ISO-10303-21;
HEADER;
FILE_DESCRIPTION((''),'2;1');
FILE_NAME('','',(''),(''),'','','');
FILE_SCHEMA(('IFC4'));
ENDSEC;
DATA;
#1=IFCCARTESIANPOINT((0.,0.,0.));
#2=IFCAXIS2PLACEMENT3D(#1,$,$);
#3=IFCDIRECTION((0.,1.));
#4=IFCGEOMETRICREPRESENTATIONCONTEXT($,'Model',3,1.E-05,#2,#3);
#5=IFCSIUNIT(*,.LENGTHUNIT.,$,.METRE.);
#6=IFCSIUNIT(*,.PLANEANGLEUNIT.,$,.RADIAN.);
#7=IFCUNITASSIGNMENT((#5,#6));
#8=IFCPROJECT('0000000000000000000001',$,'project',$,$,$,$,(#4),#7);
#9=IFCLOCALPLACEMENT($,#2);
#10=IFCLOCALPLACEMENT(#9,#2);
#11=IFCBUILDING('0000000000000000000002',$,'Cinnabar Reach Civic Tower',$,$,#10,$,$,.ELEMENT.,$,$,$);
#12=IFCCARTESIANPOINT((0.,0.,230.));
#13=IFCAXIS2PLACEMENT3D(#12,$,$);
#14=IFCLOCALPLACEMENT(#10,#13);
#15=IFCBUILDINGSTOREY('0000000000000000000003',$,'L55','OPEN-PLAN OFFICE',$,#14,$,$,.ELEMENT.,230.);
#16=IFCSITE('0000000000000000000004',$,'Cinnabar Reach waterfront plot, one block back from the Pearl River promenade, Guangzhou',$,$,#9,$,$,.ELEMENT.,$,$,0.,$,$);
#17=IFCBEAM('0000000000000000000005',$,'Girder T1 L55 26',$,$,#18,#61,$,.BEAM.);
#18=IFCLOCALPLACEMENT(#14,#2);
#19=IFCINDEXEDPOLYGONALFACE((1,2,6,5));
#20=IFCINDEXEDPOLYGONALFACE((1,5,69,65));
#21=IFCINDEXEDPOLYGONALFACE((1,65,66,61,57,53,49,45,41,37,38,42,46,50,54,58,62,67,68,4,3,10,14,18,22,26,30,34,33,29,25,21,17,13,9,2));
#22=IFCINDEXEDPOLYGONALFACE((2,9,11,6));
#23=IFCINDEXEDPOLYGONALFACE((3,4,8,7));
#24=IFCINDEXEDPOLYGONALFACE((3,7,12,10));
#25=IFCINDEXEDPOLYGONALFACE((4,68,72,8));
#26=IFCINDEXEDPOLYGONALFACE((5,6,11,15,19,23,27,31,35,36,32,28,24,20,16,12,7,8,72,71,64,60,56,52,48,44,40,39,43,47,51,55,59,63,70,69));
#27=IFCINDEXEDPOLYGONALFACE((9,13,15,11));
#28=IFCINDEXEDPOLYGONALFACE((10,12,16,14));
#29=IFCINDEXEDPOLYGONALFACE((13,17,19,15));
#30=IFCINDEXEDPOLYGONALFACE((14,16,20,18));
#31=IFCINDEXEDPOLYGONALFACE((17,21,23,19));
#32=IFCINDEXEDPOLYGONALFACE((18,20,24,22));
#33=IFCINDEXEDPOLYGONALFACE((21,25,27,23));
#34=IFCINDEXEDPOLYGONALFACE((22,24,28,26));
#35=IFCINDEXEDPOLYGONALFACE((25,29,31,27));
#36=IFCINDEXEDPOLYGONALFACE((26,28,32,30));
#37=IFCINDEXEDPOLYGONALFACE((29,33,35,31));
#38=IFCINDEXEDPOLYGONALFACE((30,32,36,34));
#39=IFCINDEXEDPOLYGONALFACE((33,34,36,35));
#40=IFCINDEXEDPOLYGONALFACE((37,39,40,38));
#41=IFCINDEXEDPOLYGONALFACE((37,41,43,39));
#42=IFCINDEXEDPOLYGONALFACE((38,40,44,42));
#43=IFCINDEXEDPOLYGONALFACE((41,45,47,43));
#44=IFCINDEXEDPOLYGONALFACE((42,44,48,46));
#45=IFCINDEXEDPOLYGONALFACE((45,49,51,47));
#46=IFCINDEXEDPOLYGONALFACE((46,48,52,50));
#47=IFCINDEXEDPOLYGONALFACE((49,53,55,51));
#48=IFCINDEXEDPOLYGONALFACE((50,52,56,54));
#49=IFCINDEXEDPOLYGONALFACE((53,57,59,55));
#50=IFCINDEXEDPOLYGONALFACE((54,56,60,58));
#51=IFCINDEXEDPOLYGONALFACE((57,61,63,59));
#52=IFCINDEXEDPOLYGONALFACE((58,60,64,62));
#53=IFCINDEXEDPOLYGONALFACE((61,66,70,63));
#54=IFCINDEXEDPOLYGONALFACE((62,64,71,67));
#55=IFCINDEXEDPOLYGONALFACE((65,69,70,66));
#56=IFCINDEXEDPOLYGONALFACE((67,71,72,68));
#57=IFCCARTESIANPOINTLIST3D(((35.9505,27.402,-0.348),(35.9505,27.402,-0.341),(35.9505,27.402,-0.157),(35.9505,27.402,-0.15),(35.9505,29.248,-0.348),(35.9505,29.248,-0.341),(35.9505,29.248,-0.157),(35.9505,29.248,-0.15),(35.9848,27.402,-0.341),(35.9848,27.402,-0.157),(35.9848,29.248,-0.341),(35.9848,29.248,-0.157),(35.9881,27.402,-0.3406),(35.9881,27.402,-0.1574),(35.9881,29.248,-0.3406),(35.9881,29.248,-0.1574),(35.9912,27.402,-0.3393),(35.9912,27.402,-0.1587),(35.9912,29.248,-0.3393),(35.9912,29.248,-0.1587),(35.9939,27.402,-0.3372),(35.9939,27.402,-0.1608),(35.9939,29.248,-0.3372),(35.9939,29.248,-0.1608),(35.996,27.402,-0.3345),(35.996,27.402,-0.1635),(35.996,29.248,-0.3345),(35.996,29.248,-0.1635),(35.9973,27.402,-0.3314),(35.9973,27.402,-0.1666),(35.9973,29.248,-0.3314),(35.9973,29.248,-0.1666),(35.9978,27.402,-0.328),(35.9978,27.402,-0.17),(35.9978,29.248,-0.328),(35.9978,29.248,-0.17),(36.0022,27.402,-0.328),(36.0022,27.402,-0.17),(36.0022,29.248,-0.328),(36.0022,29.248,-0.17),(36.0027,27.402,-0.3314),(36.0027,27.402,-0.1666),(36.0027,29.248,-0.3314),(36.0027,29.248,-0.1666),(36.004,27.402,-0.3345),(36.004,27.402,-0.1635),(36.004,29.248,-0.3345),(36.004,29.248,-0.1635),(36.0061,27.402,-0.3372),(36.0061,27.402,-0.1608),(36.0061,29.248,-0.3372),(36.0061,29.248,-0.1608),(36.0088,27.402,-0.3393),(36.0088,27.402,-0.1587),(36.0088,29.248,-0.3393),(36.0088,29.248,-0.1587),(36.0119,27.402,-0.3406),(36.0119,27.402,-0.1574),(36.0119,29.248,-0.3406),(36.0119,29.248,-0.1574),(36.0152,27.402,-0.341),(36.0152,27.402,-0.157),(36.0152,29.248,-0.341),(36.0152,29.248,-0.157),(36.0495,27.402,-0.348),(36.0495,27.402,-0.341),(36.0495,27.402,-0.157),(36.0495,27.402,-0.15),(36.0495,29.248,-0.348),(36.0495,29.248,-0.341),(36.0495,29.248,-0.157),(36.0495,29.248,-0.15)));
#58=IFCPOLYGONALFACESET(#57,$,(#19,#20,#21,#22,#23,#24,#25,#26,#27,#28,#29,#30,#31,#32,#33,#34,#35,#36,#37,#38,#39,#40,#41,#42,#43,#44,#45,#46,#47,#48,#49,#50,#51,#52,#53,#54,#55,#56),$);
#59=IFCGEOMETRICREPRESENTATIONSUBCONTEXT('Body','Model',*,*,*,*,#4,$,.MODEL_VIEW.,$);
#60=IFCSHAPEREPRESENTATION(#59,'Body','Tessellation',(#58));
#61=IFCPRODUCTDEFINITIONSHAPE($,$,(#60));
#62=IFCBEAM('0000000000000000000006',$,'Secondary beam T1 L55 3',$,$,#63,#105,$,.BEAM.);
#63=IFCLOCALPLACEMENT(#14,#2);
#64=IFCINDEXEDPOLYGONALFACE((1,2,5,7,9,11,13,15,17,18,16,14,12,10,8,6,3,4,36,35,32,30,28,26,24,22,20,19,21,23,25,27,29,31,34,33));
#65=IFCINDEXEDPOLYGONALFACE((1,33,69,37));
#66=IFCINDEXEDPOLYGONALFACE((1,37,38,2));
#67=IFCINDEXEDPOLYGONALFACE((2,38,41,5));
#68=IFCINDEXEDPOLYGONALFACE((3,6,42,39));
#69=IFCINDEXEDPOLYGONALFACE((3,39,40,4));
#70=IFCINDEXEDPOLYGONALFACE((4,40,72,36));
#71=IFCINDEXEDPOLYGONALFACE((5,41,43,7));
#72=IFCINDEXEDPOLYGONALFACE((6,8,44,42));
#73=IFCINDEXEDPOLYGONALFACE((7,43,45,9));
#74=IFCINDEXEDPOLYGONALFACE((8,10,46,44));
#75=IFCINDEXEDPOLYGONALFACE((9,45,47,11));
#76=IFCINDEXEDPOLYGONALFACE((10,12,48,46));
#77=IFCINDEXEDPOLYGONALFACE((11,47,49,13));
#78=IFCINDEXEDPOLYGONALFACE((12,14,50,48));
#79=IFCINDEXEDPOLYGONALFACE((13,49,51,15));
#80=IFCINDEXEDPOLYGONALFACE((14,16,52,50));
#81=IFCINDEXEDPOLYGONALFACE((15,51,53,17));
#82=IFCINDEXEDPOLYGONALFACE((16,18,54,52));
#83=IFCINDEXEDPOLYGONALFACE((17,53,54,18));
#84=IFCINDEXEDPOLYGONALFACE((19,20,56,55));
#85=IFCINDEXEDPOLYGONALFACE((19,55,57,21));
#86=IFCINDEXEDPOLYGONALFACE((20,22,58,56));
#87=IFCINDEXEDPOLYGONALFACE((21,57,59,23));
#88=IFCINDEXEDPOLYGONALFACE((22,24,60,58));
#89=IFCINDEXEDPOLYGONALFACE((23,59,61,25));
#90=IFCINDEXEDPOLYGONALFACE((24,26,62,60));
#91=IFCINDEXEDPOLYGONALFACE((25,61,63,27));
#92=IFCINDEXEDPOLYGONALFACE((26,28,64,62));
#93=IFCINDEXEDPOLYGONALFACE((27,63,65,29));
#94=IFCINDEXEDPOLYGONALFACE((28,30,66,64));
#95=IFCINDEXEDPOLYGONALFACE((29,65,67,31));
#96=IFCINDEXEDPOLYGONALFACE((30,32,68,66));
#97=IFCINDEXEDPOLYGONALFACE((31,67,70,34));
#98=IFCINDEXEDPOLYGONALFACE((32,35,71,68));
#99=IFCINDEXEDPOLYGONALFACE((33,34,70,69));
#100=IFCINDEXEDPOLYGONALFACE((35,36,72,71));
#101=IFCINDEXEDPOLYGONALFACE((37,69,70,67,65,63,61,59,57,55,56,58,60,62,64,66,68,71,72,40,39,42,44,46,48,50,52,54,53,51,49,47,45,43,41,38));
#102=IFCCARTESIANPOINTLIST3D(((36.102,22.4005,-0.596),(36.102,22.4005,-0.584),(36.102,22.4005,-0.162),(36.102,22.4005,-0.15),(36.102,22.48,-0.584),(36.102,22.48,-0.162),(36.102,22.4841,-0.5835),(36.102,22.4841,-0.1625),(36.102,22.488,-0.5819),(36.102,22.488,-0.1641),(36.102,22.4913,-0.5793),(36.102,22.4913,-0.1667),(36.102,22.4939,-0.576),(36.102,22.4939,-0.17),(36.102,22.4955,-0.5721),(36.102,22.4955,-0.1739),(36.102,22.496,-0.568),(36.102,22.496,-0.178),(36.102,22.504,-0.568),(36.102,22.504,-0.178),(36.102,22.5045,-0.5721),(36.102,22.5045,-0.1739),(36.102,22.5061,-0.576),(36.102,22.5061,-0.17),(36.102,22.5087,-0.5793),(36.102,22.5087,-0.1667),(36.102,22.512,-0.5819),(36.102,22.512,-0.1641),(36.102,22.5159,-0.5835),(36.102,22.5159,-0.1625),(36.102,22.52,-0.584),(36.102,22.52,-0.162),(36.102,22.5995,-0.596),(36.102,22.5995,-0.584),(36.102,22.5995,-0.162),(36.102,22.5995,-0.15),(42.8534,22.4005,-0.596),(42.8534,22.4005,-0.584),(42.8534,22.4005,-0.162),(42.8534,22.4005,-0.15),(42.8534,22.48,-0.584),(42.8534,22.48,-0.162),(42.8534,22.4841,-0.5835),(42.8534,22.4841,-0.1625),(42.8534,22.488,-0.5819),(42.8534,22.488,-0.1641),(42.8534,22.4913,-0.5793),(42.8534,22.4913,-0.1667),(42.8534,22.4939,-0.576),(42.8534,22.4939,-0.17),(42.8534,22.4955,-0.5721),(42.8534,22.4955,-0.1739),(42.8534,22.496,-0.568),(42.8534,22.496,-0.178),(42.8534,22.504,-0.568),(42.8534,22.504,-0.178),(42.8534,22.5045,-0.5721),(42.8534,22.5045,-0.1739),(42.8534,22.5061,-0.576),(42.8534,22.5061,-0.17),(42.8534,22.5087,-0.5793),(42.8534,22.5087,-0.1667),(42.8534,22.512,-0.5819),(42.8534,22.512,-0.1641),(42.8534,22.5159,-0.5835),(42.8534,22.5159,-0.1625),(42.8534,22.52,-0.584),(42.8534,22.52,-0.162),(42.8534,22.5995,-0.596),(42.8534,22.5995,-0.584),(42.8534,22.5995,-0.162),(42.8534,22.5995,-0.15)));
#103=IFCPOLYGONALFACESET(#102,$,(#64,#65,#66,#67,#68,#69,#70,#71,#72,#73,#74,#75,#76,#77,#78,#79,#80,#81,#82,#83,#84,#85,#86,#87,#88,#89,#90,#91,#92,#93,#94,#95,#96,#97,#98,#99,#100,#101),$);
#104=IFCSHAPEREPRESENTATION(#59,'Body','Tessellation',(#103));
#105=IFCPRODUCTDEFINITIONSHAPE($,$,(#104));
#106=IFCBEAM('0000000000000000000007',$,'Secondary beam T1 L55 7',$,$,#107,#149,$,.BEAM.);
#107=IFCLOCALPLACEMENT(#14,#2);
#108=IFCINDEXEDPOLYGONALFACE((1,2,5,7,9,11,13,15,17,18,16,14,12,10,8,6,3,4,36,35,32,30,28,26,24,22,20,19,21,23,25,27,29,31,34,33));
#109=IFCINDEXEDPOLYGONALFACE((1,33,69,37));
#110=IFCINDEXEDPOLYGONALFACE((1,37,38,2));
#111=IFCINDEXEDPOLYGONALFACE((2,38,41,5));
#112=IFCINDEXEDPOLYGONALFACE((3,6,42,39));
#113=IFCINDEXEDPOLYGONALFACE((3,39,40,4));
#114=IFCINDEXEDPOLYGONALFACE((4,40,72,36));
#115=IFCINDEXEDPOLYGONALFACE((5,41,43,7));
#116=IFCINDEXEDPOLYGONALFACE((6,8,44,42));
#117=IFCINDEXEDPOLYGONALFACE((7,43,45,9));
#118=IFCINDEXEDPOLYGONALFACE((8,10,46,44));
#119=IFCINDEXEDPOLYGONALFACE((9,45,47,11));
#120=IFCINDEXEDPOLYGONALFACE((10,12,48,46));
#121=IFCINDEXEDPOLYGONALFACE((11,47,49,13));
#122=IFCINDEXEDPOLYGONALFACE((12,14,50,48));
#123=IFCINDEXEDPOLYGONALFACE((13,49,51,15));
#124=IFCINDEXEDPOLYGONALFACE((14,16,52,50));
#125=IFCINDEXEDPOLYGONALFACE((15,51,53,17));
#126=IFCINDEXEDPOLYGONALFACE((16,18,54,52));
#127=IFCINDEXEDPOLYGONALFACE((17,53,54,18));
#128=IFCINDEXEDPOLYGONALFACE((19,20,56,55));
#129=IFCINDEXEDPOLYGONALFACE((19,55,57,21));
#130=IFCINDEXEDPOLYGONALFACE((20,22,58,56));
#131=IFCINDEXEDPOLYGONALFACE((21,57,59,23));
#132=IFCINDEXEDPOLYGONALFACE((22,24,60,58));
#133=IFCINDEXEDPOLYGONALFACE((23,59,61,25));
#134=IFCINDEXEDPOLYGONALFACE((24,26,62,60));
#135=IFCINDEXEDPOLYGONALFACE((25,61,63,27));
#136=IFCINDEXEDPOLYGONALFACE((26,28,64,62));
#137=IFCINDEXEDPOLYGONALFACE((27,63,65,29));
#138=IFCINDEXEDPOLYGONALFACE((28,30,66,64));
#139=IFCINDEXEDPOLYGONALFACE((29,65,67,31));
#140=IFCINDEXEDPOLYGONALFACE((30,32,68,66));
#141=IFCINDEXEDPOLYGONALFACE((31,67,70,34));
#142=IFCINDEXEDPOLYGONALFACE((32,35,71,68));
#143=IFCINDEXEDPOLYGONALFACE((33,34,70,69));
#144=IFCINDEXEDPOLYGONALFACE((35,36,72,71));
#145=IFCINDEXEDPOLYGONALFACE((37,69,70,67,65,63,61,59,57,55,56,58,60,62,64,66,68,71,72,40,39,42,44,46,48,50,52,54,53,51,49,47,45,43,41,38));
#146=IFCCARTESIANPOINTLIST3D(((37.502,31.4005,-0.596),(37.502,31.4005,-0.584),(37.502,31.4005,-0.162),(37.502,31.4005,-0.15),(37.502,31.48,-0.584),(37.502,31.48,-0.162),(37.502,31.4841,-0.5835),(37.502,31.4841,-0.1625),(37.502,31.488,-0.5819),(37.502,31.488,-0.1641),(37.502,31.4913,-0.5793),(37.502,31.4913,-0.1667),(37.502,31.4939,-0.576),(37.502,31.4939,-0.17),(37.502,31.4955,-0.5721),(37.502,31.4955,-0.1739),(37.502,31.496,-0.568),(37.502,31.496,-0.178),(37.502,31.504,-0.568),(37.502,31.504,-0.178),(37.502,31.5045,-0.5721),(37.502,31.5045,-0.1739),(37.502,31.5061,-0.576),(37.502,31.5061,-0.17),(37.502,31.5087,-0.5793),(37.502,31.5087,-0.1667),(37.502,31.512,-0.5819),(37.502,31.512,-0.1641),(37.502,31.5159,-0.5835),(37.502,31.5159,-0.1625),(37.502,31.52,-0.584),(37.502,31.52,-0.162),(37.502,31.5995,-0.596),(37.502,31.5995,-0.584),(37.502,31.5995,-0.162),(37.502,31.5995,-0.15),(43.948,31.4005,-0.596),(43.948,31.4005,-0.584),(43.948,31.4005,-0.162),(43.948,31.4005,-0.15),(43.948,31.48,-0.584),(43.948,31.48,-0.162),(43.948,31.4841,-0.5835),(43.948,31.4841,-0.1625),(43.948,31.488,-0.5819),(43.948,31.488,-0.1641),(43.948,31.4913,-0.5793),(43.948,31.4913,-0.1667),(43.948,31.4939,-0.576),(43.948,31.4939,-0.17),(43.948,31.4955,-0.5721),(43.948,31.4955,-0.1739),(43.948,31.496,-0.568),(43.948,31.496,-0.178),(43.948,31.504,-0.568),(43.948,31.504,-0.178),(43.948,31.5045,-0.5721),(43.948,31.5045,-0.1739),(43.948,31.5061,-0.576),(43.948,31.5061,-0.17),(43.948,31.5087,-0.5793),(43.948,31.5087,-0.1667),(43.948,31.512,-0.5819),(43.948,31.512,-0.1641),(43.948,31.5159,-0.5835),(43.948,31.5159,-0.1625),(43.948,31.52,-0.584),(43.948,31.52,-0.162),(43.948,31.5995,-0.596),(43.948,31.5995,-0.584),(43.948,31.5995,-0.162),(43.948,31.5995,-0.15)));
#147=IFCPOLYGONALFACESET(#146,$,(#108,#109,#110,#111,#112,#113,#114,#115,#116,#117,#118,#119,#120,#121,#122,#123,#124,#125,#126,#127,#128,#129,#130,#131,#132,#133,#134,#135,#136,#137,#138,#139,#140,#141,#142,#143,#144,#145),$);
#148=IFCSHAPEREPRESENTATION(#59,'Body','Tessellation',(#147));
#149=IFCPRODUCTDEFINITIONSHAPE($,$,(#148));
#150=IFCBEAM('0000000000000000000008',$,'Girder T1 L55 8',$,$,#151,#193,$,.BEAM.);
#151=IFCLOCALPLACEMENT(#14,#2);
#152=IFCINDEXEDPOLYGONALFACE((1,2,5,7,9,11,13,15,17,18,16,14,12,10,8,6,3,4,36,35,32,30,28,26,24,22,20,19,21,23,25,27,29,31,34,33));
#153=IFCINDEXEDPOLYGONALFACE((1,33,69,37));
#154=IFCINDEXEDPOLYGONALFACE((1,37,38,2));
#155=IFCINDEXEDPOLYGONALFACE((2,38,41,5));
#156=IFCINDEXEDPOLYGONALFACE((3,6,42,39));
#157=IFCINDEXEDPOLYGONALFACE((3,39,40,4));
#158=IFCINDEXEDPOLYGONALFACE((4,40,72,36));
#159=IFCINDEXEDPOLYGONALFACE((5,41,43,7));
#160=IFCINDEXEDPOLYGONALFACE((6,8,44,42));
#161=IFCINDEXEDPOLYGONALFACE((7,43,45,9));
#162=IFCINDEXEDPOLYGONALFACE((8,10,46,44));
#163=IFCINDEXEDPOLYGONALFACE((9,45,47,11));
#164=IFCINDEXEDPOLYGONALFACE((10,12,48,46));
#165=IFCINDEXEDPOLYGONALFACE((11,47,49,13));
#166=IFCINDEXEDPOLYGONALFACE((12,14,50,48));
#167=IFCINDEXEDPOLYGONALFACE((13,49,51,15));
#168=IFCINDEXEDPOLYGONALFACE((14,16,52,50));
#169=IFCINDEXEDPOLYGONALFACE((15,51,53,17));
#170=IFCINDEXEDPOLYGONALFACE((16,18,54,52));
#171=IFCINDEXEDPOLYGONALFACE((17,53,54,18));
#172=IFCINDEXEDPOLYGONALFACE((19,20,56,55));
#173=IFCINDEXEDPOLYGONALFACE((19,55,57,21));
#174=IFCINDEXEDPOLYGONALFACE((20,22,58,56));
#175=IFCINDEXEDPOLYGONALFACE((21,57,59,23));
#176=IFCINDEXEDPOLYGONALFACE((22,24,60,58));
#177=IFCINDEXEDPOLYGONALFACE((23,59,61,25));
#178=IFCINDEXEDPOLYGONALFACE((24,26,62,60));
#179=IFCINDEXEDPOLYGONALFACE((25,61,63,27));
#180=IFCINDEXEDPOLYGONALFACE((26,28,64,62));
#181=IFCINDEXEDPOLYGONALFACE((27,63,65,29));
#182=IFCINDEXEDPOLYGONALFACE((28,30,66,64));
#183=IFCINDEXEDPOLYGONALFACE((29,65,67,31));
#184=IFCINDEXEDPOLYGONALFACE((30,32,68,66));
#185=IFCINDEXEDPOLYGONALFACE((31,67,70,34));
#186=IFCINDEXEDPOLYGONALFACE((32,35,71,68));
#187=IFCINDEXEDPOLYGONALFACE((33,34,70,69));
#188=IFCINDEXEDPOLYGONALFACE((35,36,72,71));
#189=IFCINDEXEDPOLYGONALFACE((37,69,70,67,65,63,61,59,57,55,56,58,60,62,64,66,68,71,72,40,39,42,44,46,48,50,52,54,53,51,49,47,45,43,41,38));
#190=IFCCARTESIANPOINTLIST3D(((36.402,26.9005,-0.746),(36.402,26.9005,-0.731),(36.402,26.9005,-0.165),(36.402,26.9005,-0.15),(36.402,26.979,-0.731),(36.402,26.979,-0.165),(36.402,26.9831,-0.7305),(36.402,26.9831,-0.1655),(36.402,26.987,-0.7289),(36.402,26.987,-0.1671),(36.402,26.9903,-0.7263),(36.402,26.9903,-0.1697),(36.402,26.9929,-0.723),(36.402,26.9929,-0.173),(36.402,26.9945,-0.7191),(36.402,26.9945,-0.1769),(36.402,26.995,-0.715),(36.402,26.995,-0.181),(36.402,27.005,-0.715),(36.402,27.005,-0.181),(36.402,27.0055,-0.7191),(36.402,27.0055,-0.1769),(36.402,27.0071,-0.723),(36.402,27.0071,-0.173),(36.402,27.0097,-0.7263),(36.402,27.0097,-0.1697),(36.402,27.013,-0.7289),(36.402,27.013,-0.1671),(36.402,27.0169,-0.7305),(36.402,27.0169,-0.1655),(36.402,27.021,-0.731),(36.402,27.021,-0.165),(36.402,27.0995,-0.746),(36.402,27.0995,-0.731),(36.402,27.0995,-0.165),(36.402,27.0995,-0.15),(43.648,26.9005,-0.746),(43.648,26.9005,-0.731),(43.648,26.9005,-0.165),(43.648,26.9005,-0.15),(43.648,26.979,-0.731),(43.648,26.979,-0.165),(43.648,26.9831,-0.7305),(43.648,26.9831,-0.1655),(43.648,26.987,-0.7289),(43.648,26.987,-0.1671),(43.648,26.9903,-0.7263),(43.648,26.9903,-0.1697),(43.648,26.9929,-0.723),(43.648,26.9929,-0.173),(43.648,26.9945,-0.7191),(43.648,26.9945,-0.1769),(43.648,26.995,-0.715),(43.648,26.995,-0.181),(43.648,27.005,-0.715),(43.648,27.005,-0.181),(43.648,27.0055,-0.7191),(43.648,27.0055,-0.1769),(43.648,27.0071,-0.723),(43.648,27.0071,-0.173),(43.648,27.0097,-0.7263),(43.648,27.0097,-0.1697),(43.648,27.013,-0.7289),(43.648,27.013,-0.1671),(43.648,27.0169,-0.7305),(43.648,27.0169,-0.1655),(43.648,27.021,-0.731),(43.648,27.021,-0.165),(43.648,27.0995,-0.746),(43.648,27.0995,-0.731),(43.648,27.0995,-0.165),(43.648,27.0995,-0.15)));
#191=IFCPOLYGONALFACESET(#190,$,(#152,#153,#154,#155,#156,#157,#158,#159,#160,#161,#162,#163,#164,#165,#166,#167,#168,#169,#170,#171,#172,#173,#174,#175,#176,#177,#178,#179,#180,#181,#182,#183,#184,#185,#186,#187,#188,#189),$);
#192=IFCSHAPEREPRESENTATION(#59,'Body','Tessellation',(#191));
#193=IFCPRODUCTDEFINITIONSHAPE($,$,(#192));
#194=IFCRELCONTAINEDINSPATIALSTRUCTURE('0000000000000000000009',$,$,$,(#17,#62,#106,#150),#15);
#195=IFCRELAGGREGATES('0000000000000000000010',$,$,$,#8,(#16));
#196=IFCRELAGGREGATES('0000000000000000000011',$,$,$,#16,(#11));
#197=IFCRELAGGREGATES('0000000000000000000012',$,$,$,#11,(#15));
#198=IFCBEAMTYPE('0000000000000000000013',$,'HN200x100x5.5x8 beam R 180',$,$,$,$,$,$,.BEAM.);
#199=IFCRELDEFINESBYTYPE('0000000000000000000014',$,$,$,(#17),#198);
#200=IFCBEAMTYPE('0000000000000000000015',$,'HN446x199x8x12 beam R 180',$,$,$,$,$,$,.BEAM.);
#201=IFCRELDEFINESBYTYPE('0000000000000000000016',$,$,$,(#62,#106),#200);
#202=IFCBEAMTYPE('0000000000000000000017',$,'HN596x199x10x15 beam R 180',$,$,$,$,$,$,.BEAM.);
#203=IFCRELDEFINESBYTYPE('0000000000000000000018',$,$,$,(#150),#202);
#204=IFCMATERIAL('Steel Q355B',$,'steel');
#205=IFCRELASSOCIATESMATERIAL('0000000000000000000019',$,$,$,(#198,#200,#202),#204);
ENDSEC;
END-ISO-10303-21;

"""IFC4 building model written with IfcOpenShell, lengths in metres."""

from ifc_helpers import new_model, si_unit, direction, frame, origin, origin_2d, place, context, subcontext, project, spatial, i_section, extrude, material, material_profile, profile_set, type_object, element, save


model = new_model("IFC4")

# Units and contexts
model_context = context("Model", 3, precision=1e-05, world=origin(), true_north=direction((0.0, 1.0)))
body_context = subcontext(model_context, "Body", "Model", "MODEL_VIEW")
ifc_project = project(units=[si_unit("LENGTHUNIT", "METRE"), si_unit("PLANEANGLEUNIT", "RADIAN")], contexts=[model_context])

# Site, building, storey
site_placement = place(None, origin())
site = spatial("IfcSite", under=ifc_project, at=site_placement, Name="Cinnabar Reach waterfront plot, one block back from the Pearl River promenade, Guangzhou", CompositionType="ELEMENT", RefElevation=0.0)
building_placement = place(site_placement, origin())
building = spatial("IfcBuilding", under=site, at=building_placement, Name="Cinnabar Reach Civic Tower", CompositionType="ELEMENT")
storey_placement = place(building_placement, frame((0.0, 0.0, 230.0)))
storey = spatial("IfcBuildingStorey", under=building, at=storey_placement, Name="L55", Description="OPEN-PLAN OFFICE", CompositionType="ELEMENT", Elevation=230.0)

# Beams
ifc_material_1 = material(Name="Steel Q355B", Category="steel")
ifc_material_profile_1 = material_profile(ifc_material_1, i_section(OverallWidth=0.099, OverallDepth=0.198, WebThickness=0.0045, FlangeThickness=0.007, FilletRadius=0.013, at=origin_2d()), Name="HN200x100x5.5x8")
ifc_profile_set_1 = profile_set([ifc_material_profile_1], Name="Steel Q355B")
beam_type_1 = type_object("IfcBeamType", Name="HN200x100x5.5x8 beam R 180", PredefinedType="BEAM", material=ifc_profile_set_1)
beam_1_placement = place(storey_placement, frame((36.0, 27.402, -0.249), z_axis=(0.0, 1.0, 0.0), x_axis=(-1.0, 0.0, 0.0)))
element("IfcBeam", 1, at=beam_1_placement, inside=storey, type_object=beam_type_1, Name="Girder T1 L55 26", PredefinedType="BEAM", context=body_context, shape_type="SweptSolid", body=[
    extrude(i_section(OverallWidth=0.099, OverallDepth=0.198, WebThickness=0.0045, FlangeThickness=0.007, FilletRadius=0.013, at=origin_2d()), origin(), (0.0, 0.0, 1.0), 1.846),
])
ifc_material_profile_2 = material_profile(ifc_material_1, i_section(OverallWidth=0.199, OverallDepth=0.446, WebThickness=0.008, FlangeThickness=0.012, FilletRadius=0.016, at=origin_2d()), Name="HN446x199x8x12")
ifc_profile_set_2 = profile_set([ifc_material_profile_2], Name="Steel Q355B")
beam_type_2 = type_object("IfcBeamType", Name="HN446x199x8x12 beam R 180", PredefinedType="BEAM", material=ifc_profile_set_2)
beam_2_placement = place(storey_placement, frame((36.102, 22.5, -0.373), z_axis=(1.0, 0.0, 0.0), x_axis=(0.0, 1.0, 0.0)))
element("IfcBeam", 2, at=beam_2_placement, inside=storey, type_object=beam_type_2, Name="Secondary beam T1 L55 3", PredefinedType="BEAM", context=body_context, shape_type="SweptSolid", body=[
    extrude(i_section(OverallWidth=0.199, OverallDepth=0.446, WebThickness=0.008, FlangeThickness=0.012, FilletRadius=0.016, at=origin_2d()), origin(), (0.0, 0.0, 1.0), 6.7514),
])
beam_3_placement = place(storey_placement, frame((37.502, 31.5, -0.373), z_axis=(1.0, 0.0, 0.0), x_axis=(0.0, 1.0, 0.0)))
element("IfcBeam", 3, at=beam_3_placement, inside=storey, type_object=beam_type_2, Name="Secondary beam T1 L55 7", PredefinedType="BEAM", context=body_context, shape_type="SweptSolid", body=[
    extrude(i_section(OverallWidth=0.199, OverallDepth=0.446, WebThickness=0.008, FlangeThickness=0.012, FilletRadius=0.016, at=origin_2d()), origin(), (0.0, 0.0, 1.0), 6.446),
])
ifc_material_profile_3 = material_profile(ifc_material_1, i_section(OverallWidth=0.199, OverallDepth=0.596, WebThickness=0.01, FlangeThickness=0.015, FilletRadius=0.016, at=origin_2d()), Name="HN596x199x10x15")
ifc_profile_set_3 = profile_set([ifc_material_profile_3], Name="Steel Q355B")
beam_type_3 = type_object("IfcBeamType", Name="HN596x199x10x15 beam R 180", PredefinedType="BEAM", material=ifc_profile_set_3)
beam_4_placement = place(storey_placement, frame((36.402, 27.0, -0.448), z_axis=(1.0, 0.0, 0.0), x_axis=(0.0, 1.0, 0.0)))
element("IfcBeam", 4, at=beam_4_placement, inside=storey, type_object=beam_type_3, Name="Girder T1 L55 8", PredefinedType="BEAM", context=body_context, shape_type="SweptSolid", body=[
    extrude(i_section(OverallWidth=0.199, OverallDepth=0.596, WebThickness=0.01, FlangeThickness=0.015, FilletRadius=0.016, at=origin_2d()), origin(), (0.0, 0.0, 1.0), 7.246),
])

save(model, "model.ifc")
